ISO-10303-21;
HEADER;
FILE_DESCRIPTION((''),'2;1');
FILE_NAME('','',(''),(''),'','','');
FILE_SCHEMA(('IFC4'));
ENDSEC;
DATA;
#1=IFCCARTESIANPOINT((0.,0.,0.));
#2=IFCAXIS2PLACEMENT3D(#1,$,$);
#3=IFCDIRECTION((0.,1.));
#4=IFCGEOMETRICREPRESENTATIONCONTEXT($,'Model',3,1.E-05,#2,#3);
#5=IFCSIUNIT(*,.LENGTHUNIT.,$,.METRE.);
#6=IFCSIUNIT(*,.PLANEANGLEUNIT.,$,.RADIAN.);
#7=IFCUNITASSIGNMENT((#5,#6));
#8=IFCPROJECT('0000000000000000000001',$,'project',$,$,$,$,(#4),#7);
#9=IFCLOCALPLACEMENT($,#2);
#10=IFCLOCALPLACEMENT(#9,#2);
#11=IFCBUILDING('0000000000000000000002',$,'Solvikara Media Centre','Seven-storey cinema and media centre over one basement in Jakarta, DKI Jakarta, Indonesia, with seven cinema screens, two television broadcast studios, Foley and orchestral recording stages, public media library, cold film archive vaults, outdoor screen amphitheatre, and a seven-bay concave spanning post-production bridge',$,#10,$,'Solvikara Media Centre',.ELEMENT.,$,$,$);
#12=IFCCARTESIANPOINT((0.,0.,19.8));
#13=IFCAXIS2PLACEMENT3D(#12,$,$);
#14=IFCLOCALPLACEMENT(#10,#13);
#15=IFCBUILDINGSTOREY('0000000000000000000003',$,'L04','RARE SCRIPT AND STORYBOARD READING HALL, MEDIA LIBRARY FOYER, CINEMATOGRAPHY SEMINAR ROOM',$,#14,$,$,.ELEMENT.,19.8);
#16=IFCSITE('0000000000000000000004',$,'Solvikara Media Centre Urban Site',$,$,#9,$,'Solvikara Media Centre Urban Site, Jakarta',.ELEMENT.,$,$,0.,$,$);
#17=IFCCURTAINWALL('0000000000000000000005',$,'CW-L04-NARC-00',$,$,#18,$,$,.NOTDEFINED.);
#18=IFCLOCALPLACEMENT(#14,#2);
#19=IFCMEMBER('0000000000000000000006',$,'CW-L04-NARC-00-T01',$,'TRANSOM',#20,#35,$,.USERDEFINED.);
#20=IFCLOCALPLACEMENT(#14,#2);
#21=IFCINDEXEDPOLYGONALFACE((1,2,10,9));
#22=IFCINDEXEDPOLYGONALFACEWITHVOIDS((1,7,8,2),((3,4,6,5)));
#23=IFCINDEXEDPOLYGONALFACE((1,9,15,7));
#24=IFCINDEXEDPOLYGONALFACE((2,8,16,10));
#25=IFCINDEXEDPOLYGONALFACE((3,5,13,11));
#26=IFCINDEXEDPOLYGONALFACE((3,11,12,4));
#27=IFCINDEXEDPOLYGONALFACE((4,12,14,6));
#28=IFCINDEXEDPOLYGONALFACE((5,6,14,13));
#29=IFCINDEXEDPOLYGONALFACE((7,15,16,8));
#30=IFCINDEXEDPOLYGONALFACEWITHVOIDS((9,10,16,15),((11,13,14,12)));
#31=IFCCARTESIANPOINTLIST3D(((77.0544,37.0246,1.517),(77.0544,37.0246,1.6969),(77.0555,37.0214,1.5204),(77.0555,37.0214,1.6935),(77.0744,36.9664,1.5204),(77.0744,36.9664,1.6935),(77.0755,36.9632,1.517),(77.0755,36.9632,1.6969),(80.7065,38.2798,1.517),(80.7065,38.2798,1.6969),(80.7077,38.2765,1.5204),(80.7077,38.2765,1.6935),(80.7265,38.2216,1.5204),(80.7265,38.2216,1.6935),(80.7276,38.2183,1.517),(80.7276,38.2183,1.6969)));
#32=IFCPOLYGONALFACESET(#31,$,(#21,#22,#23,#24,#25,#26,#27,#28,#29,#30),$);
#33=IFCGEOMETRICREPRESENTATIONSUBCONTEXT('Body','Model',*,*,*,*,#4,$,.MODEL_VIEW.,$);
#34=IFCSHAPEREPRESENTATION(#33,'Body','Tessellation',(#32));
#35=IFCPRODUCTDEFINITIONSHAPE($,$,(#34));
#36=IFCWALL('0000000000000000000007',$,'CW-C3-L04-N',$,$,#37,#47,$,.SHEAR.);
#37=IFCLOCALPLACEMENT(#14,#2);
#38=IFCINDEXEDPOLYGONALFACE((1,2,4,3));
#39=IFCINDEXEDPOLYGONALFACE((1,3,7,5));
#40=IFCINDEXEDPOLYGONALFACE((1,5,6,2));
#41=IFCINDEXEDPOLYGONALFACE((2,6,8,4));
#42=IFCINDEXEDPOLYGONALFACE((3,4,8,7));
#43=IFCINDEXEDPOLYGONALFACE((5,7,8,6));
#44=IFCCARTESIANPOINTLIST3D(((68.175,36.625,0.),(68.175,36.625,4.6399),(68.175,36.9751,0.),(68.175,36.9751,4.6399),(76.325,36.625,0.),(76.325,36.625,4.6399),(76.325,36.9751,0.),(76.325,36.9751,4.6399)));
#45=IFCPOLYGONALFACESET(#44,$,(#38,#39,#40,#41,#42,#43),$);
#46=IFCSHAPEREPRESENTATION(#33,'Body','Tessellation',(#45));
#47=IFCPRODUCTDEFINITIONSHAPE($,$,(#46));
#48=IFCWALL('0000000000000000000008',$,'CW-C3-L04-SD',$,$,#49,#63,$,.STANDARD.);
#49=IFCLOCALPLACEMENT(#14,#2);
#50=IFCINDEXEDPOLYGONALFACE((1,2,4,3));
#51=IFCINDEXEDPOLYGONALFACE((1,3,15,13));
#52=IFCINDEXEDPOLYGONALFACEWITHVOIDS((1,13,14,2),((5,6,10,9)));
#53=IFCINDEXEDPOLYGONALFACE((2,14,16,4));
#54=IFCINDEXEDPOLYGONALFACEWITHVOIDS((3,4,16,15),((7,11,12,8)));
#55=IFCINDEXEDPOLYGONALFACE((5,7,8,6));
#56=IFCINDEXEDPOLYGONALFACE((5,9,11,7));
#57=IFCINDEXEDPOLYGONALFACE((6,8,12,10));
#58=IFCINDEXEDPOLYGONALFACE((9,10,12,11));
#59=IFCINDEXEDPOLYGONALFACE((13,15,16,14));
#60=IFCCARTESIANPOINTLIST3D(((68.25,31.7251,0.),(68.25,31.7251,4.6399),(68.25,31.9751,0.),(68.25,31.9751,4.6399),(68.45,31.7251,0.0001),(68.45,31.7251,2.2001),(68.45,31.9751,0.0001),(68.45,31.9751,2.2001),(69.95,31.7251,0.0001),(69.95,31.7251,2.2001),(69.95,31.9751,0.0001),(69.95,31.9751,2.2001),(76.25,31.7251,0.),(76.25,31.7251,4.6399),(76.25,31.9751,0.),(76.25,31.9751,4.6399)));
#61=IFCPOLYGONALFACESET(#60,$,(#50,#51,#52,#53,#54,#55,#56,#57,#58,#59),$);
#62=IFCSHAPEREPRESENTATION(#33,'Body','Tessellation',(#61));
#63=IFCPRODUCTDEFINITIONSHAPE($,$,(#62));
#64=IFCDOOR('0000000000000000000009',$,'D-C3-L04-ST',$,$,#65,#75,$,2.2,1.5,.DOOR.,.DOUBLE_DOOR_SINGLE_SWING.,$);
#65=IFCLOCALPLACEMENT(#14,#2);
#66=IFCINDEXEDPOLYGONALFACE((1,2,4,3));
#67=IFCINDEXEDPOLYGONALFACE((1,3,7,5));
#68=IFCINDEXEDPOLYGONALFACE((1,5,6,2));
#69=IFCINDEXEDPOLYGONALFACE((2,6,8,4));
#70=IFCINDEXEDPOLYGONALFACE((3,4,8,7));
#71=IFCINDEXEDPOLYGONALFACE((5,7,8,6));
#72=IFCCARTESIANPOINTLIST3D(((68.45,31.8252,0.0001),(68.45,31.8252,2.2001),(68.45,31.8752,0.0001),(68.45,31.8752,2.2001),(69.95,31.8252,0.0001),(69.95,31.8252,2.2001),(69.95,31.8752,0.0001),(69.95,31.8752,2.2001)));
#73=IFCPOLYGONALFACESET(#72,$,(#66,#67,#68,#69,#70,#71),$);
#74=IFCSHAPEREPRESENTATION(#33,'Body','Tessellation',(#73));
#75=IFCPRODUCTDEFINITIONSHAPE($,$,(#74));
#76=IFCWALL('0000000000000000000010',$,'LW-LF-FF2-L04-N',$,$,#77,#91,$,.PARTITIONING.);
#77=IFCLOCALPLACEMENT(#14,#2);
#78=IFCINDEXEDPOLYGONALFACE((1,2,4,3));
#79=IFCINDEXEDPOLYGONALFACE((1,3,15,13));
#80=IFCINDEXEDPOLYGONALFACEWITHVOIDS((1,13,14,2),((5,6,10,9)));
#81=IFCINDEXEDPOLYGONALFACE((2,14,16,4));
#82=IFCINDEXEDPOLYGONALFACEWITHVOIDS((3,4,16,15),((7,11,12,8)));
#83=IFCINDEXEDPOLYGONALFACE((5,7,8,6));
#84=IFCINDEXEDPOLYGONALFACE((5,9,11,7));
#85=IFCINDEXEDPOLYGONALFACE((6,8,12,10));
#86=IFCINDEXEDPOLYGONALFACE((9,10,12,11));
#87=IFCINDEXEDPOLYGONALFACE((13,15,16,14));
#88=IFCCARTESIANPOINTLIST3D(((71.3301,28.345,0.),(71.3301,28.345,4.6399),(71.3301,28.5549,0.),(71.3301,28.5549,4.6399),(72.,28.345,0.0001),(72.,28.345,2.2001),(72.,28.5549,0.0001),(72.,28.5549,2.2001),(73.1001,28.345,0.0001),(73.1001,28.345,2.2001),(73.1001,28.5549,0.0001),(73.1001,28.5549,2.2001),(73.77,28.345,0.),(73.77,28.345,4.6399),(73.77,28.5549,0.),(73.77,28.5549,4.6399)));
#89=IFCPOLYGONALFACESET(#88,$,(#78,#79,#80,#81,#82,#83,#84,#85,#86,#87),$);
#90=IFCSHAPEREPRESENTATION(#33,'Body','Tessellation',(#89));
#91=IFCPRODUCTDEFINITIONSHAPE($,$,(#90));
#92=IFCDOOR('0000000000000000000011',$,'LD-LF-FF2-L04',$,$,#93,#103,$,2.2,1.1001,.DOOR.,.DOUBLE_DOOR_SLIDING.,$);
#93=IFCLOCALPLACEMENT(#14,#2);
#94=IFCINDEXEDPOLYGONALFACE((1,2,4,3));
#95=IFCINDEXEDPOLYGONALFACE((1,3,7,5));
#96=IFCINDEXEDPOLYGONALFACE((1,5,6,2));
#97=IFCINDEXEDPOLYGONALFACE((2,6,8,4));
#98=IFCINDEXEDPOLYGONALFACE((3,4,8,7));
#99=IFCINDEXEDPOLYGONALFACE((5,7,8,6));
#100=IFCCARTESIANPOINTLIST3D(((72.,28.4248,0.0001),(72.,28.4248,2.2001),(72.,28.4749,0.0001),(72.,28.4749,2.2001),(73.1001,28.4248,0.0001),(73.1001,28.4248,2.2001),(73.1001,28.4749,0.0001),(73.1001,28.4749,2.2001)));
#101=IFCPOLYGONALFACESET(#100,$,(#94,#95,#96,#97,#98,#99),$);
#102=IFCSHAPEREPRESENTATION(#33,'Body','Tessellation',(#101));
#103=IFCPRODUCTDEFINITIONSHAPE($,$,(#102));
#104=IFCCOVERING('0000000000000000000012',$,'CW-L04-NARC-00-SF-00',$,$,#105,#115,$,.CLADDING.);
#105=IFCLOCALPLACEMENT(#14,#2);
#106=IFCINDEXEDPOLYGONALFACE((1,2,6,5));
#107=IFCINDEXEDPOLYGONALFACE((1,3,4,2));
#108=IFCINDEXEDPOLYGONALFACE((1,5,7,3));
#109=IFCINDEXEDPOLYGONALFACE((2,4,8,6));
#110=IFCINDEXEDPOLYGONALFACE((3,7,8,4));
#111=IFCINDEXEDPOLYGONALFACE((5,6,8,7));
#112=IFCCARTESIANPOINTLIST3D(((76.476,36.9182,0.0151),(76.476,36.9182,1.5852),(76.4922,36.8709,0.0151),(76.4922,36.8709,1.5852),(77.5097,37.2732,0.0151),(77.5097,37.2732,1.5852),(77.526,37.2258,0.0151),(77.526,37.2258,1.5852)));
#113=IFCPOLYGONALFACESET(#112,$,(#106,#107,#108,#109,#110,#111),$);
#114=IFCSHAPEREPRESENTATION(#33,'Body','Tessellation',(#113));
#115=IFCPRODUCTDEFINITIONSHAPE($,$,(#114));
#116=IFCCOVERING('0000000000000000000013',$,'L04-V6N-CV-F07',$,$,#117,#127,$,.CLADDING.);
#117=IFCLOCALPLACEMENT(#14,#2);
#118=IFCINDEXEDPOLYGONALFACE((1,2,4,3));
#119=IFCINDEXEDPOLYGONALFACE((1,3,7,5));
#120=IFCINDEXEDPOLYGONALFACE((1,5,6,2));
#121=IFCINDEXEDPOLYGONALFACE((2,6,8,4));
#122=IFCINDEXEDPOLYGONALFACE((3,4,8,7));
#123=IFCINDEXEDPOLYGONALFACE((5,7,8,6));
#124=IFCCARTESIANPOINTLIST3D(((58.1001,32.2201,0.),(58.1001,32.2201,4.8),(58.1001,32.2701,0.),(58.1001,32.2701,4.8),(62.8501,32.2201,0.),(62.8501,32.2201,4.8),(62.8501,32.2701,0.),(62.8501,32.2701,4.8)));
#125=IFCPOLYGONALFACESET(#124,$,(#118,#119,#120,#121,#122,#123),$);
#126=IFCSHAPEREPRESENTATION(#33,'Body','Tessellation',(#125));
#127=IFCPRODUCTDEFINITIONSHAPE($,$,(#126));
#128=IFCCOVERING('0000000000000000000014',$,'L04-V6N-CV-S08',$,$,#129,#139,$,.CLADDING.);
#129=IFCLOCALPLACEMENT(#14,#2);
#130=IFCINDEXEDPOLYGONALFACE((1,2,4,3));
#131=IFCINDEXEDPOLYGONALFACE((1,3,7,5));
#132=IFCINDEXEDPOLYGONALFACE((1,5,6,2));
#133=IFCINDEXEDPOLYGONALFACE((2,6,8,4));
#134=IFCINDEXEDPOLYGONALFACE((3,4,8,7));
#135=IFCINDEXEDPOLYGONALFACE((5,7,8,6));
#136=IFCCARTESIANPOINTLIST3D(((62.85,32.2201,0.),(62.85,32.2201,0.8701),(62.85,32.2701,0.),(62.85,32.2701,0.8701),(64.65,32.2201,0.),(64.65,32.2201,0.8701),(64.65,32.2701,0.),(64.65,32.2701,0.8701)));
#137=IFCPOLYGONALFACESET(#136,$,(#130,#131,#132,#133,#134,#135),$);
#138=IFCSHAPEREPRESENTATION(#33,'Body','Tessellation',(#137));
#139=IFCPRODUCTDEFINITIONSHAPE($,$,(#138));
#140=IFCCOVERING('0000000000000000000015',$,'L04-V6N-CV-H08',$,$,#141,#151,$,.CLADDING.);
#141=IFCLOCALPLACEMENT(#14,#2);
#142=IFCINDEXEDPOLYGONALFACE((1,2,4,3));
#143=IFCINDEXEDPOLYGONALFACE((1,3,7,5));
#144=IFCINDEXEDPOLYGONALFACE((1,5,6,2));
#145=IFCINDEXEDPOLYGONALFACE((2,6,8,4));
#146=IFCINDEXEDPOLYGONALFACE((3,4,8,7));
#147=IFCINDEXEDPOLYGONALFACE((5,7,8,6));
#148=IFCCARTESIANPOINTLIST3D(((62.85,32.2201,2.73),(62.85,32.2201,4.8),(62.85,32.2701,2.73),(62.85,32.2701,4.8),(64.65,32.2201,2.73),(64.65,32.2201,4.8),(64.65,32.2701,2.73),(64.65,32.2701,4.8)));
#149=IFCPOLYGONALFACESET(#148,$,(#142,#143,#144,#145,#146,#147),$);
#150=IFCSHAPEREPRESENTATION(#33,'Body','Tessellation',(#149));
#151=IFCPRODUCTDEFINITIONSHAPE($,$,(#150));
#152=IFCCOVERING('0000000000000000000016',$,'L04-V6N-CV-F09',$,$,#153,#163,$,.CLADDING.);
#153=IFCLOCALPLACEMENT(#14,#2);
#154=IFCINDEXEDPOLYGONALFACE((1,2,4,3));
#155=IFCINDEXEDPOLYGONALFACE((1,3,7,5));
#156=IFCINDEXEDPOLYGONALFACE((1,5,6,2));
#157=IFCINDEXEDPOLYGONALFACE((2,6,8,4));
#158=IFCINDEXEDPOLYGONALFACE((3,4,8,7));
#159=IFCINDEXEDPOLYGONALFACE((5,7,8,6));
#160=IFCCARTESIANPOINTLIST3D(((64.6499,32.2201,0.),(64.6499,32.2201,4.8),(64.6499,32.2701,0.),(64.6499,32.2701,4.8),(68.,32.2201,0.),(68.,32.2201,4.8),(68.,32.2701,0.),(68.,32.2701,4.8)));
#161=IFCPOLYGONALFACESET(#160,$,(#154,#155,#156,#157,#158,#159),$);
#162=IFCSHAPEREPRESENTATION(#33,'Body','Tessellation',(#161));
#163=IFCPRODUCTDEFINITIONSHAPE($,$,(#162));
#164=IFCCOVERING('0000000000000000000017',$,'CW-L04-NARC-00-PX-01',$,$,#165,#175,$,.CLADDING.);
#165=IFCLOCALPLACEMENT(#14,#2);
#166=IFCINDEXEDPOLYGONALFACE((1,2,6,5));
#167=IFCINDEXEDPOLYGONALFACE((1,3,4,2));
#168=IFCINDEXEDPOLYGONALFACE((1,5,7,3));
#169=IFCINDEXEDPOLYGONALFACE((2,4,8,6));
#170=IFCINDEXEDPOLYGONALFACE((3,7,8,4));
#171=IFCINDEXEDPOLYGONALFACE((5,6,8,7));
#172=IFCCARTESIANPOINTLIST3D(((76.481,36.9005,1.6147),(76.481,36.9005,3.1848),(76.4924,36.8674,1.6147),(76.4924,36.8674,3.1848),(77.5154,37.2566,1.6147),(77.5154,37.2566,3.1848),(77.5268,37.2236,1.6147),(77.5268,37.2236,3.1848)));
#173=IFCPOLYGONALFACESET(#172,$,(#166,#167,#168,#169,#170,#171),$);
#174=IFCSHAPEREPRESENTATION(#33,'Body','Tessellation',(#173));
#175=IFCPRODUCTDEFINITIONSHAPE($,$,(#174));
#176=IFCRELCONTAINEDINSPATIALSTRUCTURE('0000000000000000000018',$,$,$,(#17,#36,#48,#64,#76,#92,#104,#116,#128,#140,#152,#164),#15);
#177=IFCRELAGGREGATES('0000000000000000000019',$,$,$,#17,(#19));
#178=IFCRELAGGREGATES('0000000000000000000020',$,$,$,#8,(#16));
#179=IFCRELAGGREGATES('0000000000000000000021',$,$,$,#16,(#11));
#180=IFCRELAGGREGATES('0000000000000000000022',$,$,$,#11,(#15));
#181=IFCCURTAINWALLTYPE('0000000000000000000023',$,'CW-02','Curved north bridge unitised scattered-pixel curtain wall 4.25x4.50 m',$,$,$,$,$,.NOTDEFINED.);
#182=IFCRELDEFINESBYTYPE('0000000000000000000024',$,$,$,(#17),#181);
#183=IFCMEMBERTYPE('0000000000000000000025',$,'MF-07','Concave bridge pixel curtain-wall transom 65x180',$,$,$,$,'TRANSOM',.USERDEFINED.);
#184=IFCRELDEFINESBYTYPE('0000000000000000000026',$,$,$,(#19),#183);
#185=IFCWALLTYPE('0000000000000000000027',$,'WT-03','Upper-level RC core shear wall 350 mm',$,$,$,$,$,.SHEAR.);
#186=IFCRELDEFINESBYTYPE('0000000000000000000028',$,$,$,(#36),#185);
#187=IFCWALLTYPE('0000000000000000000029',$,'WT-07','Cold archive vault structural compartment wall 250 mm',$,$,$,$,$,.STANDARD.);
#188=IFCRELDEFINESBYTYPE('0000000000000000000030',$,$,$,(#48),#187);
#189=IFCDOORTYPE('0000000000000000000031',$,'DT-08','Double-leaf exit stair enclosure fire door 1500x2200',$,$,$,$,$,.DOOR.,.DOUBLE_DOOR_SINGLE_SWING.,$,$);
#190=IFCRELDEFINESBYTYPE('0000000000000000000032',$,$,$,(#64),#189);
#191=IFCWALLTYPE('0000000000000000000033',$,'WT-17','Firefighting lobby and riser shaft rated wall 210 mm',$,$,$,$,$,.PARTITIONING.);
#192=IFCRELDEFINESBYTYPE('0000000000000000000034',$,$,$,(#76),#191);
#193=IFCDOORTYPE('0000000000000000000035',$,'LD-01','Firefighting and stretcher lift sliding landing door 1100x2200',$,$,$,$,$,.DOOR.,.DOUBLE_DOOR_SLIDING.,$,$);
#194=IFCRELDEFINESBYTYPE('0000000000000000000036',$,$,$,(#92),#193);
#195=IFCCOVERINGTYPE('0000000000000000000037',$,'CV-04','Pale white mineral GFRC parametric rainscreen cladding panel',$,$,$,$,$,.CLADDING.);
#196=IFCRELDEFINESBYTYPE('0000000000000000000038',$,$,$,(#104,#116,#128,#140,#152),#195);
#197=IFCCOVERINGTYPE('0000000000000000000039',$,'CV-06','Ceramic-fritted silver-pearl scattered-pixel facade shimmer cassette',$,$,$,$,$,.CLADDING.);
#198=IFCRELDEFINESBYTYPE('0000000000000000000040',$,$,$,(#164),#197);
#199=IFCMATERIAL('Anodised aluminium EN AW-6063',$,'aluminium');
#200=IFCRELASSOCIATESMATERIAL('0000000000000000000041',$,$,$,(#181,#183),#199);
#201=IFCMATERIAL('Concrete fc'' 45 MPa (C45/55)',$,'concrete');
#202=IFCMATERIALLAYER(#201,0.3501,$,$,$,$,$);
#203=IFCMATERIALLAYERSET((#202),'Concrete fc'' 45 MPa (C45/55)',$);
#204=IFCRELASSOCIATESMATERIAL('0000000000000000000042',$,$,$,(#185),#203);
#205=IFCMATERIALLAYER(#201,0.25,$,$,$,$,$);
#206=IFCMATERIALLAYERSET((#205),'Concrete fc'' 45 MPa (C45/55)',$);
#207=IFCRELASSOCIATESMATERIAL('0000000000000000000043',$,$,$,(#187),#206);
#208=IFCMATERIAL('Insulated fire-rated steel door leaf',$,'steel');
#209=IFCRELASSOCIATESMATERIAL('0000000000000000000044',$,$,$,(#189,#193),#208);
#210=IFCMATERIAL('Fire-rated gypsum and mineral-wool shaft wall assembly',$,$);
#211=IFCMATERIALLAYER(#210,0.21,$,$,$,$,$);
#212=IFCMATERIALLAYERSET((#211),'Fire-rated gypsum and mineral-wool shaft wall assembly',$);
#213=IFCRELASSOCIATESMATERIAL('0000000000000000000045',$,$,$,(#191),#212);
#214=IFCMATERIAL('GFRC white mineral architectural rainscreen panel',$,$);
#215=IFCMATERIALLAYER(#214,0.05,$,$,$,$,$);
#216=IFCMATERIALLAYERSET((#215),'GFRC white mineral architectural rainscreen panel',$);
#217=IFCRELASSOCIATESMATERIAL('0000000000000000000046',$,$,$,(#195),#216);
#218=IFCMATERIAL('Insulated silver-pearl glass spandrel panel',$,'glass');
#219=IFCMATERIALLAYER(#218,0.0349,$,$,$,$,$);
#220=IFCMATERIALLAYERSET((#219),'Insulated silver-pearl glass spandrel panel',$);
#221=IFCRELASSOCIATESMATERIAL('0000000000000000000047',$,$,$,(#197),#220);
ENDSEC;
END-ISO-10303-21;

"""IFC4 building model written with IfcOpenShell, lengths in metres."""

from ifc_helpers import new_model, si_unit, direction, frame, frame_2d, origin, origin_2d, place, context, subcontext, project, spatial, rectangle, hollow_rectangle, extrude, material, layer, layer_set, material_profile, profile_set, type_object, element, fill, aggregate, save


model = new_model("IFC4")

# Units and contexts
model_context = context("Model", 3, precision=1e-05, world=origin(), true_north=direction((0.0, 1.0)))
body_context = subcontext(model_context, "Body", "Model", "MODEL_VIEW")
ifc_project = project(units=[si_unit("LENGTHUNIT", "METRE"), si_unit("PLANEANGLEUNIT", "RADIAN")], contexts=[model_context])

# Site, building, storey
site_placement = place(None, origin())
site = spatial("IfcSite", under=ifc_project, at=site_placement, Name="Solvikara Media Centre Urban Site", LongName="Solvikara Media Centre Urban Site, Jakarta", CompositionType="ELEMENT", RefElevation=0.0)
building_placement = place(site_placement, origin())
building = spatial("IfcBuilding", under=site, at=building_placement, Name="Solvikara Media Centre", Description="Seven-storey cinema and media centre over one basement in Jakarta, DKI Jakarta, Indonesia, with seven cinema screens, two television broadcast studios, Foley and orchestral recording stages, public media library, cold film archive vaults, outdoor screen amphitheatre, and a seven-bay concave spanning post-production bridge", LongName="Solvikara Media Centre", CompositionType="ELEMENT")
storey_placement = place(building_placement, frame((0.0, 0.0, 19.8)))
storey = spatial("IfcBuildingStorey", under=building, at=storey_placement, Name="L04", Description="RARE SCRIPT AND STORYBOARD READING HALL, MEDIA LIBRARY FOYER, CINEMATOGRAPHY SEMINAR ROOM", CompositionType="ELEMENT", Elevation=19.8)

# Shared definitions
ifc_material_1 = material(Name="Concrete fc' 45 MPa (C45/55)", Category="concrete")

# Curtain wall, member
ifc_material_2 = material(Name="Anodised aluminium EN AW-6063", Category="aluminium")
curtain_wall_type = type_object("IfcCurtainWallType", Name="CW-02", Description="Curved north bridge unitised scattered-pixel curtain wall 4.25x4.50 m", PredefinedType="NOTDEFINED", material=ifc_material_2)
curtain_wall_placement = place(storey_placement, origin())
curtain_wall = element("IfcCurtainWall", 1, at=curtain_wall_placement, inside=storey, type_object=curtain_wall_type, Name="CW-L04-NARC-00", PredefinedType="NOTDEFINED")
ifc_material_profile_1 = material_profile(ifc_material_2, hollow_rectangle(XDim=0.0649, YDim=0.1799, WallThickness=0.0034, at=origin_2d()), Name="ALU-T 65x180x3.5")
ifc_profile_set_1 = profile_set([ifc_material_profile_1], Name="Anodised aluminium EN AW-6063")
member_type_1 = type_object("IfcMemberType", Name="MF-07", Description="Concave bridge pixel curtain-wall transom 65x180", ElementType="TRANSOM", PredefinedType="USERDEFINED", material=ifc_profile_set_1)
member_1_placement = place(storey_placement, frame((77.0649, 36.9939, 1.6069), z_axis=(0.945709, 0.325014, 0.0), x_axis=(-0.325014, 0.945709, 0.0)))
member_1 = element("IfcMember", 2, at=member_1_placement, type_object=member_type_1, Name="CW-L04-NARC-00-T01", ObjectType="TRANSOM", PredefinedType="USERDEFINED", context=body_context, shape_type="SweptSolid", body=[
    extrude(hollow_rectangle(XDim=0.0649, YDim=0.1799, WallThickness=0.0034, at=origin_2d()), origin(), (0.0, 0.0, 1.0), 3.8618),
])
aggregate(curtain_wall, [member_1])

# Wall
ifc_layer_1 = layer(ifc_material_1, 0.3501)
ifc_layer_set_1 = layer_set([ifc_layer_1], Name="Concrete fc' 45 MPa (C45/55)")
wall_type_1 = type_object("IfcWallType", Name="WT-03", Description="Upper-level RC core shear wall 350 mm", PredefinedType="SHEAR", material=ifc_layer_set_1)
wall_1_placement = place(storey_placement, frame((68.175, 36.8, 0.0), z_axis=(0.0, 0.0, 1.0), x_axis=(1.0, 0.0, 0.0)))
element("IfcWall", 3, at=wall_1_placement, inside=storey, type_object=wall_type_1, Name="CW-C3-L04-N", PredefinedType="SHEAR", context=body_context, shape_type="SweptSolid", body=[
    extrude(rectangle(XDim=8.1499, YDim=0.3501, at=frame_2d((4.075, 0.0))), origin(), (0.0, 0.0, 1.0), 4.6399),
])

# Walls, openings, doors
ifc_layer_2 = layer(ifc_material_1, 0.25)
ifc_layer_set_2 = layer_set([ifc_layer_2], Name="Concrete fc' 45 MPa (C45/55)")
wall_type_2 = type_object("IfcWallType", Name="WT-07", Description="Cold archive vault structural compartment wall 250 mm", PredefinedType="STANDARD", material=ifc_layer_set_2)
wall_2_placement = place(storey_placement, frame((68.25, 31.8501, 0.0), z_axis=(0.0, 0.0, 1.0), x_axis=(1.0, 0.0, 0.0)))
wall_2 = element("IfcWall", 4, at=wall_2_placement, inside=storey, type_object=wall_type_2, Name="CW-C3-L04-SD", PredefinedType="STANDARD", context=body_context, shape_type="SweptSolid", body=[
    extrude(rectangle(XDim=8.0, YDim=0.25, at=frame_2d((4.0, 0.0))), origin(), (0.0, 0.0, 1.0), 4.6399),
])
opening_1_placement = place(wall_2_placement, frame((0.2, 0.0, 0.0)))
opening_1 = element("IfcOpeningElement", 5, at=opening_1_placement, cuts=wall_2, PredefinedType="OPENING", context=body_context, shape_type="SweptSolid", body=[
    extrude(rectangle(XDim=1.5, YDim=2.2, at=frame_2d((0.75, 1.1001))), frame((0.0, 0.137, 0.0), z_axis=(0.0, -1.0, 0.0), x_axis=(1.0, 0.0, 0.0)), (0.0, 0.0, 1.0), 0.2739),
])
ifc_material_3 = material(Name="Insulated fire-rated steel door leaf", Category="steel")
door_type_1 = type_object("IfcDoorType", Name="DT-08", Description="Double-leaf exit stair enclosure fire door 1500x2200", OperationType="DOUBLE_DOOR_SINGLE_SWING", PredefinedType="DOOR", material=ifc_material_3)
door_1_placement = place(opening_1_placement, frame((1.5, 0.0, 0.0), z_axis=(0.0, 0.0, 1.0), x_axis=(-1.0, 0.0, 0.0)))
door_1 = element("IfcDoor", 6, at=door_1_placement, inside=storey, type_object=door_type_1, Name="D-C3-L04-ST", OperationType="DOUBLE_DOOR_SINGLE_SWING", OverallHeight=2.2, OverallWidth=1.5, PredefinedType="DOOR", context=body_context, shape_type="SweptSolid", body=[
    extrude(rectangle(XDim=1.5, YDim=2.2, at=frame_2d((0.75, 1.1001))), frame((0.0, 0.0249, 0.0), z_axis=(0.0, -1.0, 0.0), x_axis=(1.0, 0.0, 0.0)), (0.0, 0.0, 1.0), 0.05),
])
fill(opening_1, door_1)
ifc_material_4 = material(Name="Fire-rated gypsum and mineral-wool shaft wall assembly")
ifc_layer_3 = layer(ifc_material_4, 0.21)
ifc_layer_set_3 = layer_set([ifc_layer_3], Name="Fire-rated gypsum and mineral-wool shaft wall assembly")
wall_type_3 = type_object("IfcWallType", Name="WT-17", Description="Firefighting lobby and riser shaft rated wall 210 mm", PredefinedType="PARTITIONING", material=ifc_layer_set_3)
wall_3_placement = place(storey_placement, frame((71.3301, 28.45, 0.0), z_axis=(0.0, 0.0, 1.0), x_axis=(1.0, 0.0, 0.0)))
wall_3 = element("IfcWall", 7, at=wall_3_placement, inside=storey, type_object=wall_type_3, Name="LW-LF-FF2-L04-N", PredefinedType="PARTITIONING", context=body_context, shape_type="SweptSolid", body=[
    extrude(rectangle(XDim=2.4399, YDim=0.21, at=frame_2d((1.22, 0.0))), origin(), (0.0, 0.0, 1.0), 4.6399),
])
opening_2_placement = place(wall_3_placement, frame((0.6699, 0.0, 0.0)))
opening_2 = element("IfcOpeningElement", 8, at=opening_2_placement, cuts=wall_3, PredefinedType="OPENING", context=body_context, shape_type="SweptSolid", body=[
    extrude(rectangle(XDim=1.1001, YDim=2.2, at=frame_2d((0.55, 1.1001))), frame((0.0, 0.1169, 0.0), z_axis=(0.0, -1.0, 0.0), x_axis=(1.0, 0.0, 0.0)), (0.0, 0.0, 1.0), 0.2339),
])
door_type_2 = type_object("IfcDoorType", Name="LD-01", Description="Firefighting and stretcher lift sliding landing door 1100x2200", OperationType="DOUBLE_DOOR_SLIDING", PredefinedType="DOOR", material=ifc_material_3)
door_2_placement = place(opening_2_placement, origin())
door_2 = element("IfcDoor", 9, at=door_2_placement, inside=storey, type_object=door_type_2, Name="LD-LF-FF2-L04", OperationType="DOUBLE_DOOR_SLIDING", OverallHeight=2.2, OverallWidth=1.1001, PredefinedType="DOOR", context=body_context, shape_type="SweptSolid", body=[
    extrude(rectangle(XDim=1.1001, YDim=2.2, at=frame_2d((0.55, 1.1001))), frame((0.0, 0.0249, 0.0), z_axis=(0.0, -1.0, 0.0), x_axis=(1.0, 0.0, 0.0)), (0.0, 0.0, 1.0), 0.05),
])
fill(opening_2, door_2)

# Coverings
ifc_material_5 = material(Name="GFRC white mineral architectural rainscreen panel")
ifc_layer_4 = layer(ifc_material_5, 0.05)
ifc_layer_set_4 = layer_set([ifc_layer_4], Name="GFRC white mineral architectural rainscreen panel")
covering_type_1 = type_object("IfcCoveringType", Name="CV-04", Description="Pale white mineral GFRC parametric rainscreen cladding panel", PredefinedType="CLADDING", material=ifc_layer_set_4)
covering_1_placement = place(storey_placement, frame((77.001, 37.072, 0.0151), z_axis=(0.0, 0.0, 1.0), x_axis=(0.945808, 0.324726, 0.0)))
element("IfcCovering", 10, at=covering_1_placement, inside=storey, type_object=covering_type_1, Name="CW-L04-NARC-00-SF-00", PredefinedType="CLADDING", context=body_context, shape_type="SweptSolid", body=[
    extrude(rectangle(XDim=1.093, YDim=0.05, at=origin_2d()), origin(), (0.0, 0.0, 1.0), 1.5701),
])
covering_2_placement = place(storey_placement, frame((60.4751, 32.2451, 0.0), z_axis=(0.0, 0.0, 1.0), x_axis=(1.0, 0.0, 0.0)))
element("IfcCovering", 11, at=covering_2_placement, inside=storey, type_object=covering_type_1, Name="L04-V6N-CV-F07", PredefinedType="CLADDING", context=body_context, shape_type="SweptSolid", body=[
    extrude(rectangle(XDim=4.75, YDim=0.05, at=origin_2d()), origin(), (0.0, 0.0, 1.0), 4.8),
])
covering_3_placement = place(storey_placement, frame((63.75, 32.2451, 0.0), z_axis=(0.0, 0.0, 1.0), x_axis=(1.0, 0.0, 0.0)))
element("IfcCovering", 12, at=covering_3_placement, inside=storey, type_object=covering_type_1, Name="L04-V6N-CV-S08", PredefinedType="CLADDING", context=body_context, shape_type="SweptSolid", body=[
    extrude(rectangle(XDim=1.8, YDim=0.05, at=origin_2d()), origin(), (0.0, 0.0, 1.0), 0.8701),
])
covering_4_placement = place(storey_placement, frame((63.75, 32.2451, 2.73), z_axis=(0.0, 0.0, 1.0), x_axis=(1.0, 0.0, 0.0)))
element("IfcCovering", 13, at=covering_4_placement, inside=storey, type_object=covering_type_1, Name="L04-V6N-CV-H08", PredefinedType="CLADDING", context=body_context, shape_type="SweptSolid", body=[
    extrude(rectangle(XDim=1.8, YDim=0.05, at=origin_2d()), origin(), (0.0, 0.0, 1.0), 2.0701),
])
covering_5_placement = place(storey_placement, frame((66.325, 32.2451, 0.0), z_axis=(0.0, 0.0, 1.0), x_axis=(1.0, 0.0, 0.0)))
element("IfcCovering", 14, at=covering_5_placement, inside=storey, type_object=covering_type_1, Name="L04-V6N-CV-F09", PredefinedType="CLADDING", context=body_context, shape_type="SweptSolid", body=[
    extrude(rectangle(XDim=3.3501, YDim=0.05, at=origin_2d()), origin(), (0.0, 0.0, 1.0), 4.8),
])
ifc_material_6 = material(Name="Insulated silver-pearl glass spandrel panel", Category="glass")
ifc_layer_5 = layer(ifc_material_6, 0.0349)
ifc_layer_set_5 = layer_set([ifc_layer_5], Name="Insulated silver-pearl glass spandrel panel")
covering_type_2 = type_object("IfcCoveringType", Name="CV-06", Description="Ceramic-fritted silver-pearl scattered-pixel facade shimmer cassette", PredefinedType="CLADDING", material=ifc_layer_set_5)
covering_6_placement = place(storey_placement, frame((77.0039, 37.062, 1.6147), z_axis=(0.0, 0.0, 1.0), x_axis=(0.94553, 0.325535, 0.0)))
element("IfcCovering", 15, at=covering_6_placement, inside=storey, type_object=covering_type_2, Name="CW-L04-NARC-00-PX-01", PredefinedType="CLADDING", context=body_context, shape_type="SweptSolid", body=[
    extrude(rectangle(XDim=1.094, YDim=0.0349, at=origin_2d()), origin(), (0.0, 0.0, 1.0), 1.5701),
])

save(model, "model.ifc")
